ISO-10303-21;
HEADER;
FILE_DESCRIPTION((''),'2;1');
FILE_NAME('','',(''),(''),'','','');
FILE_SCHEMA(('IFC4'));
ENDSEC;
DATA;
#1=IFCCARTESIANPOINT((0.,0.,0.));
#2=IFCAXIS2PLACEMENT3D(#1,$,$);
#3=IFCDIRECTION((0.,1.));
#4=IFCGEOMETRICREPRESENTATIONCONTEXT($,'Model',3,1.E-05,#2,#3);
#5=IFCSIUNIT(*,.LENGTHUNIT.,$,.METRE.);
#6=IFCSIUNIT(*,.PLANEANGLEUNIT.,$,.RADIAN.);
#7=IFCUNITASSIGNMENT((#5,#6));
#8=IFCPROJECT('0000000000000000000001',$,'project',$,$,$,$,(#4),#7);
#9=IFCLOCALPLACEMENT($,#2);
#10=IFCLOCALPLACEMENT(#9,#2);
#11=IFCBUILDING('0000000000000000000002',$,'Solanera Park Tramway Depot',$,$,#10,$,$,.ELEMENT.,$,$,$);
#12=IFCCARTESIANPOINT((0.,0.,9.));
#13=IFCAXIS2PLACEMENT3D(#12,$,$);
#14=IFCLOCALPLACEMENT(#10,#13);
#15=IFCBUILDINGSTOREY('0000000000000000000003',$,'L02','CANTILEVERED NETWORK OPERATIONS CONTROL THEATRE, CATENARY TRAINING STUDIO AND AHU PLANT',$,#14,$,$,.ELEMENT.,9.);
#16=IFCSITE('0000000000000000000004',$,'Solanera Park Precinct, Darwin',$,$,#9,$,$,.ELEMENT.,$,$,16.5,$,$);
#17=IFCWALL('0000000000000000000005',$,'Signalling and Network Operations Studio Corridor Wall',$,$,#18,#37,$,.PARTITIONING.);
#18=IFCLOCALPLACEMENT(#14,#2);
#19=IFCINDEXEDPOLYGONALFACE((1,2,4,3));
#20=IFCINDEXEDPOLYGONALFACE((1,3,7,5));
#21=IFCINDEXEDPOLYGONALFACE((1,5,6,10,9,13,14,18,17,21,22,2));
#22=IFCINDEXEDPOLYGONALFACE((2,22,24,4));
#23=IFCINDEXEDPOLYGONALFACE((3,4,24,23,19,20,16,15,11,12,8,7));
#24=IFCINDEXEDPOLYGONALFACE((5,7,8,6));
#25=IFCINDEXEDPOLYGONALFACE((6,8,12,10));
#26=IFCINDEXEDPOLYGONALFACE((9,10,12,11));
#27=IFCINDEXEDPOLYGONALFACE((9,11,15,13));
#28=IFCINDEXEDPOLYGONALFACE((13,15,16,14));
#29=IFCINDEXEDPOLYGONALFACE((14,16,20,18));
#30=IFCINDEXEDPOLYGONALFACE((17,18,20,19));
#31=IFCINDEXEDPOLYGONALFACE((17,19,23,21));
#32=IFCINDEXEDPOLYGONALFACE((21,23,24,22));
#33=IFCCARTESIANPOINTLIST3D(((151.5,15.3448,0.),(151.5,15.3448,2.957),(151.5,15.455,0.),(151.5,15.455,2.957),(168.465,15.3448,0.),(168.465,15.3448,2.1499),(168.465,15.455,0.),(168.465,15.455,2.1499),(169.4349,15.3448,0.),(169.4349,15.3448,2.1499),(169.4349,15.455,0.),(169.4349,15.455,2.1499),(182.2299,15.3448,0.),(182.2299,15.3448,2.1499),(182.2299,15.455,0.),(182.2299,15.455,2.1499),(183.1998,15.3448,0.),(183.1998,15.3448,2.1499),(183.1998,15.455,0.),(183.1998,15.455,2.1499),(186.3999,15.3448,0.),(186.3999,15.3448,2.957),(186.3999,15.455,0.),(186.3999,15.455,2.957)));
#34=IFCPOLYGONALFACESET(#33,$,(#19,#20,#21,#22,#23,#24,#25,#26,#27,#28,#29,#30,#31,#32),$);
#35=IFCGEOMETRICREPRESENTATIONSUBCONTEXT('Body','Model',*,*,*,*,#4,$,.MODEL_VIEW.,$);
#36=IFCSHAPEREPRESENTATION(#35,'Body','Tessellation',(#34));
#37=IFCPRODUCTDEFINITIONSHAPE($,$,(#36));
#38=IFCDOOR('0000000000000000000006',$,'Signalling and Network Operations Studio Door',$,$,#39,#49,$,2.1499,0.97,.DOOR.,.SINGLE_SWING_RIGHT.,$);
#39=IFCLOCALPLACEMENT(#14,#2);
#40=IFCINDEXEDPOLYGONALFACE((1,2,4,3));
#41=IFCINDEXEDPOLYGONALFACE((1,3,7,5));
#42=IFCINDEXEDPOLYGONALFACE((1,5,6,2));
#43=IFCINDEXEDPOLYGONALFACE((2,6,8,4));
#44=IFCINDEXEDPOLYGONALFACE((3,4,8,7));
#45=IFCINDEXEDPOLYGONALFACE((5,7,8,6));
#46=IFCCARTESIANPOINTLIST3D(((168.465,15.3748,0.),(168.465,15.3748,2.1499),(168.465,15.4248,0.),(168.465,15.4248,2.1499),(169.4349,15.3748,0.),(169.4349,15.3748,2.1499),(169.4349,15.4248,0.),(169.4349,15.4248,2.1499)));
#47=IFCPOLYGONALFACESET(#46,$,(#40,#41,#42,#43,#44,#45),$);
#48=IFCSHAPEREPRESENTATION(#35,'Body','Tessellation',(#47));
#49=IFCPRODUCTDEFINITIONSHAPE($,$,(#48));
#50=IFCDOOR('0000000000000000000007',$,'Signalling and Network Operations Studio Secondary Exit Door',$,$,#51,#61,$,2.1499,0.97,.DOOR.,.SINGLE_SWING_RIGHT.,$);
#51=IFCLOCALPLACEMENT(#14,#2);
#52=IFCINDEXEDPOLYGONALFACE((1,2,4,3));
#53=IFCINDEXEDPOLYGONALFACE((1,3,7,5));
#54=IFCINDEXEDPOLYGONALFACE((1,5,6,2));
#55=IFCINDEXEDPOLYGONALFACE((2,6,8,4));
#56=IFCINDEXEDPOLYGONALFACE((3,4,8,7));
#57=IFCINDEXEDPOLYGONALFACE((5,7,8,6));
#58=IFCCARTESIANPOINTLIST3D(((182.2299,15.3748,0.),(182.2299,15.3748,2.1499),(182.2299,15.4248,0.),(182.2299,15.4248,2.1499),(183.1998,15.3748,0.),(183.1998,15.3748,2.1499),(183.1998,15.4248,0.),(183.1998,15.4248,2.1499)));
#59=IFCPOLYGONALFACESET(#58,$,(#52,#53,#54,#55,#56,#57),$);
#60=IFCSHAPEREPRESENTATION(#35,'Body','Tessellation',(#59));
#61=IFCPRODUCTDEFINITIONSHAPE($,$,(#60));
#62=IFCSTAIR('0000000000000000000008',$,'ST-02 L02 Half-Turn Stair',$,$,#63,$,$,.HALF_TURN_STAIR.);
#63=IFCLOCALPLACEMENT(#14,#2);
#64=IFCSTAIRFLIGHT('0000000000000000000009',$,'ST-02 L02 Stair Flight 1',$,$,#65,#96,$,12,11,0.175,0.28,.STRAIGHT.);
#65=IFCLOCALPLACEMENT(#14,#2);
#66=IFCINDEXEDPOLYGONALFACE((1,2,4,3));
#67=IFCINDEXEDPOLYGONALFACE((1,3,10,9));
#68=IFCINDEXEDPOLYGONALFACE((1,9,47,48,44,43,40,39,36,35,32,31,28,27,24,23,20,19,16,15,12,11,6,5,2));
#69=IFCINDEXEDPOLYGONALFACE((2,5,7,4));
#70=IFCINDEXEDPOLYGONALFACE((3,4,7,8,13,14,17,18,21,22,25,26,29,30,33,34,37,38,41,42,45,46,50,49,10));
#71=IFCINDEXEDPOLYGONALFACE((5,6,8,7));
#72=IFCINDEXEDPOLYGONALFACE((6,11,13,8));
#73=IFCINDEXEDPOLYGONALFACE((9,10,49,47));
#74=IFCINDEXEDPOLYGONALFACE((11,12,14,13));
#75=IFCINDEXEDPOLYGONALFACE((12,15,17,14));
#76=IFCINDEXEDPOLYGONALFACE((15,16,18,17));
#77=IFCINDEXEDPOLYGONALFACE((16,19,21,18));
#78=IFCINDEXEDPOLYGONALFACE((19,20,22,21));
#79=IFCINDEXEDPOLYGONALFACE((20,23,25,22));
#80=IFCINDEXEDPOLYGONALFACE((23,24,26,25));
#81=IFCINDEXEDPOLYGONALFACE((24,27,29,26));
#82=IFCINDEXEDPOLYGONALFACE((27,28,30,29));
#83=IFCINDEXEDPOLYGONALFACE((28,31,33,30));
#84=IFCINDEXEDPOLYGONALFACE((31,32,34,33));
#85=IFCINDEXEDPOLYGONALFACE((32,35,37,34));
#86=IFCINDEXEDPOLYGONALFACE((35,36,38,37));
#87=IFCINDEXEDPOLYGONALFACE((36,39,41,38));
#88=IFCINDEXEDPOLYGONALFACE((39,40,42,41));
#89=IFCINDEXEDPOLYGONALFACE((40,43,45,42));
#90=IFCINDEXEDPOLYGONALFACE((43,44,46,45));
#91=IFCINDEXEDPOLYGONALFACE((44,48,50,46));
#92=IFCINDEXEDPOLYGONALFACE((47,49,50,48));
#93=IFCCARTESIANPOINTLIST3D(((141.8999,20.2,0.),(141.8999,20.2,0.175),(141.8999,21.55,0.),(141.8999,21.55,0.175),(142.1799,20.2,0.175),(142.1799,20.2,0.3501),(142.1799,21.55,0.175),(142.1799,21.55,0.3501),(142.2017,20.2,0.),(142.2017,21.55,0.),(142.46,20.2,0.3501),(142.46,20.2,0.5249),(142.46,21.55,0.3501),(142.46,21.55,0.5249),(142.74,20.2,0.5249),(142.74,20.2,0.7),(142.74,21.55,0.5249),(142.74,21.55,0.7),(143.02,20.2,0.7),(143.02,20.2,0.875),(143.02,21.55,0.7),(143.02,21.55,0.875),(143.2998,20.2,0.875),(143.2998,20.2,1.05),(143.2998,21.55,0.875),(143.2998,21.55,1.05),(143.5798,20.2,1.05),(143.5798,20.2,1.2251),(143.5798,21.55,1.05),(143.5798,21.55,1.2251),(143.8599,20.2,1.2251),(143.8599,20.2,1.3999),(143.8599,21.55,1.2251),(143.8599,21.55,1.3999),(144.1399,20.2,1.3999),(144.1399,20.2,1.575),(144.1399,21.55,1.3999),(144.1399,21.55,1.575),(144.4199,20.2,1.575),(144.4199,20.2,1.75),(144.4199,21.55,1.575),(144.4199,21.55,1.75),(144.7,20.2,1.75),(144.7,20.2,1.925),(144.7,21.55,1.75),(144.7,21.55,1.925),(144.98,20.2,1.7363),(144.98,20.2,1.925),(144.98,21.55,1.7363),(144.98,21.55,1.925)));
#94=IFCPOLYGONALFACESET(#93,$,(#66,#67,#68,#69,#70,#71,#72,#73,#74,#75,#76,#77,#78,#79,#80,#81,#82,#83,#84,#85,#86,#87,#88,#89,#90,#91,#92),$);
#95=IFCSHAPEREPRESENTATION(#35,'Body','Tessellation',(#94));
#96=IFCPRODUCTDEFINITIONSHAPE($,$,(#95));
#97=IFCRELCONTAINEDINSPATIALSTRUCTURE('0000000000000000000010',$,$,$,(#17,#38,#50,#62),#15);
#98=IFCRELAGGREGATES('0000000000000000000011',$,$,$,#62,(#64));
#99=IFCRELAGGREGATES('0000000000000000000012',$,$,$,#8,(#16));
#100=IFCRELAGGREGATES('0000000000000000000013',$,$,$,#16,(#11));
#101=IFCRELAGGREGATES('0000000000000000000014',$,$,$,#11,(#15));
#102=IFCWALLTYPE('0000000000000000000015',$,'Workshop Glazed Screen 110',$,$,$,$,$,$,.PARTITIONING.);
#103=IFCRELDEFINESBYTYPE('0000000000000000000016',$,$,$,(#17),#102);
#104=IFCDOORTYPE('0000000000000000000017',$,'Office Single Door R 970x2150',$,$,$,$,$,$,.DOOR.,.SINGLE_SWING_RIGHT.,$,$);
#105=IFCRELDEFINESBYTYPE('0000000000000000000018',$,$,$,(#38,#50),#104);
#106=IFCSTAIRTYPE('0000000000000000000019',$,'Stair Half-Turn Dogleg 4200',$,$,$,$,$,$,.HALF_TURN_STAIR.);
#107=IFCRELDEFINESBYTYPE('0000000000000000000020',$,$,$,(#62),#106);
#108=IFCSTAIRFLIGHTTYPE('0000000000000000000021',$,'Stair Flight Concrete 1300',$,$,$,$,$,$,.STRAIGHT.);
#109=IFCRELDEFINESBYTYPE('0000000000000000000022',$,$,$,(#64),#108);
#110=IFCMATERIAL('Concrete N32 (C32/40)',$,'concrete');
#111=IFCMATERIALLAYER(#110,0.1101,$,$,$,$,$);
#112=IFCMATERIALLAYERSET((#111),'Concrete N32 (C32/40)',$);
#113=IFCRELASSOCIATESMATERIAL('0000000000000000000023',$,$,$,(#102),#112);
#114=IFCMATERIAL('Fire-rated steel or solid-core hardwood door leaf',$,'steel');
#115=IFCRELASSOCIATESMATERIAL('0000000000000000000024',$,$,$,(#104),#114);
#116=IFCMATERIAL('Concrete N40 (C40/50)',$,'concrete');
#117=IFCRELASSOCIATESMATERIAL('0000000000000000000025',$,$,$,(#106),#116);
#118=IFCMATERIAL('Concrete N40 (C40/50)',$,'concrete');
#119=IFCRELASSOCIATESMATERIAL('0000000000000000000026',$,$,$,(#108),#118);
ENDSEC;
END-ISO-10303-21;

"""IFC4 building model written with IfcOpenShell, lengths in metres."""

from ifc_helpers import new_model, si_unit, direction, frame, frame_2d, origin, place, context, subcontext, project, spatial, polyline, rectangle, outline, extrude, material, layer, layer_set, type_object, element, fill, aggregate, save


model = new_model("IFC4")

# Units and contexts
model_context = context("Model", 3, precision=1e-05, world=origin(), true_north=direction((0.0, 1.0)))
body_context = subcontext(model_context, "Body", "Model", "MODEL_VIEW")
ifc_project = project(units=[si_unit("LENGTHUNIT", "METRE"), si_unit("PLANEANGLEUNIT", "RADIAN")], contexts=[model_context])

# Site, building, storey
site_placement = place(None, origin())
site = spatial("IfcSite", under=ifc_project, at=site_placement, Name="Solanera Park Precinct, Darwin", CompositionType="ELEMENT", RefElevation=16.5)
building_placement = place(site_placement, origin())
building = spatial("IfcBuilding", under=site, at=building_placement, Name="Solanera Park Tramway Depot", CompositionType="ELEMENT")
storey_placement = place(building_placement, frame((0.0, 0.0, 9.0)))
storey = spatial("IfcBuildingStorey", under=building, at=storey_placement, Name="L02", Description="CANTILEVERED NETWORK OPERATIONS CONTROL THEATRE, CATENARY TRAINING STUDIO AND AHU PLANT", CompositionType="ELEMENT", Elevation=9.0)

# Wall, openings, doors
ifc_material_1 = material(Name="Concrete N32 (C32/40)", Category="concrete")
ifc_layer_1 = layer(ifc_material_1, 0.1101)
ifc_layer_set_1 = layer_set([ifc_layer_1], Name="Concrete N32 (C32/40)")
wall_type_1 = type_object("IfcWallType", Name="Workshop Glazed Screen 110", PredefinedType="PARTITIONING", material=ifc_layer_set_1)
wall_1_placement = place(storey_placement, frame((151.5, 15.3999, 0.0), z_axis=(0.0, 0.0, 1.0), x_axis=(1.0, 0.0, 0.0)))
wall_1 = element("IfcWall", 1, at=wall_1_placement, inside=storey, type_object=wall_type_1, Name="Signalling and Network Operations Studio Corridor Wall", PredefinedType="PARTITIONING", context=body_context, shape_type="SweptSolid", body=[
    extrude(rectangle(XDim=34.8999, YDim=0.1101, at=frame_2d((17.45, 0.0))), origin(), (0.0, 0.0, 1.0), 2.957),
])
opening_1_placement = place(wall_1_placement, frame((16.9651, 0.0, 0.0)))
opening_1 = element("IfcOpeningElement", 2, at=opening_1_placement, cuts=wall_1, PredefinedType="OPENING", context=body_context, shape_type="SweptSolid", body=[
    extrude(rectangle(XDim=0.97, YDim=2.1499, at=frame_2d((0.4849, 1.075))), frame((0.0, 0.0649, 0.0), z_axis=(0.0, -1.0, 0.0), x_axis=(1.0, 0.0, 0.0)), (0.0, 0.0, 1.0), 0.1301),
])
opening_2_placement = place(wall_1_placement, frame((30.73, 0.0, 0.0)))
opening_2 = element("IfcOpeningElement", 3, at=opening_2_placement, cuts=wall_1, PredefinedType="OPENING", context=body_context, shape_type="SweptSolid", body=[
    extrude(rectangle(XDim=0.97, YDim=2.1499, at=frame_2d((0.4849, 1.075))), frame((0.0, 0.0649, 0.0), z_axis=(0.0, -1.0, 0.0), x_axis=(1.0, 0.0, 0.0)), (0.0, 0.0, 1.0), 0.1301),
])
ifc_material_2 = material(Name="Fire-rated steel or solid-core hardwood door leaf", Category="steel")
door_type_1 = type_object("IfcDoorType", Name="Office Single Door R 970x2150", OperationType="SINGLE_SWING_RIGHT", PredefinedType="DOOR", material=ifc_material_2)
door_1_placement = place(opening_1_placement, origin())
door_1 = element("IfcDoor", 4, at=door_1_placement, inside=storey, type_object=door_type_1, Name="Signalling and Network Operations Studio Door", OperationType="SINGLE_SWING_RIGHT", OverallHeight=2.1499, OverallWidth=0.97, PredefinedType="DOOR", context=body_context, shape_type="SweptSolid", body=[
    extrude(rectangle(XDim=0.97, YDim=2.1499, at=frame_2d((0.4849, 1.075))), frame((0.0, 0.0249, 0.0), z_axis=(0.0, -1.0, 0.0), x_axis=(1.0, 0.0, 0.0)), (0.0, 0.0, 1.0), 0.05),
])
fill(opening_1, door_1)
door_2_placement = place(opening_2_placement, origin())
door_2 = element("IfcDoor", 5, at=door_2_placement, inside=storey, type_object=door_type_1, Name="Signalling and Network Operations Studio Secondary Exit Door", OperationType="SINGLE_SWING_RIGHT", OverallHeight=2.1499, OverallWidth=0.97, PredefinedType="DOOR", context=body_context, shape_type="SweptSolid", body=[
    extrude(rectangle(XDim=0.97, YDim=2.1499, at=frame_2d((0.4849, 1.075))), frame((0.0, 0.0249, 0.0), z_axis=(0.0, -1.0, 0.0), x_axis=(1.0, 0.0, 0.0)), (0.0, 0.0, 1.0), 0.05),
])
fill(opening_2, door_2)

# Stair, stair flight
ifc_material_3 = material(Name="Concrete N40 (C40/50)", Category="concrete")
stair_type = type_object("IfcStairType", Name="Stair Half-Turn Dogleg 4200", PredefinedType="HALF_TURN_STAIR", material=ifc_material_3)
stair_placement = place(storey_placement, origin())
stair = element("IfcStair", 6, at=stair_placement, inside=storey, type_object=stair_type, Name="ST-02 L02 Half-Turn Stair", PredefinedType="HALF_TURN_STAIR")
ifc_material_4 = material(Name="Concrete N40 (C40/50)", Category="concrete")
stair_flight_type = type_object("IfcStairFlightType", Name="Stair Flight Concrete 1300", PredefinedType="STRAIGHT", material=ifc_material_4)
stair_flight_placement = place(storey_placement, frame((141.8999, 20.875, 0.0), z_axis=(0.0, 0.0, 1.0), x_axis=(1.0, 0.0, 0.0)))
stair_flight = element("IfcStairFlight", 7, at=stair_flight_placement, type_object=stair_flight_type, Name="ST-02 L02 Stair Flight 1", NumberOfRisers=12, NumberOfTreads=11, PredefinedType="STRAIGHT", RiserHeight=0.175, TreadLength=0.28, context=body_context, shape_type="SweptSolid", body=[
    extrude(outline(polyline([(0.0, 0.0), (0.0, 0.175), (0.28, 0.175), (0.28, 0.3501), (0.5601, 0.3501), (0.5601, 0.5249), (0.8401, 0.5249), (0.8401, 0.7), (1.1201, 0.7), (1.1201, 0.875), (1.3999, 0.875), (1.3999, 1.05), (1.6799, 1.05), (1.6799, 1.2251), (1.96, 1.2251), (1.96, 1.3999), (2.24, 1.3999), (2.24, 1.575), (2.52, 1.575), (2.52, 1.75), (2.8, 1.75), (2.8, 1.925), (3.0801, 1.925), (3.0801, 2.1001), (3.0801, 1.7363), (0.3018, 0.0), (0.0, 0.0)])), frame((0.0, 0.675, 0.0), z_axis=(0.0, -1.0, 0.0), x_axis=(1.0, 0.0, 0.0)), (0.0, 0.0, 1.0), 1.3501),
])
aggregate(stair, [stair_flight])

save(model, "model.ifc")
